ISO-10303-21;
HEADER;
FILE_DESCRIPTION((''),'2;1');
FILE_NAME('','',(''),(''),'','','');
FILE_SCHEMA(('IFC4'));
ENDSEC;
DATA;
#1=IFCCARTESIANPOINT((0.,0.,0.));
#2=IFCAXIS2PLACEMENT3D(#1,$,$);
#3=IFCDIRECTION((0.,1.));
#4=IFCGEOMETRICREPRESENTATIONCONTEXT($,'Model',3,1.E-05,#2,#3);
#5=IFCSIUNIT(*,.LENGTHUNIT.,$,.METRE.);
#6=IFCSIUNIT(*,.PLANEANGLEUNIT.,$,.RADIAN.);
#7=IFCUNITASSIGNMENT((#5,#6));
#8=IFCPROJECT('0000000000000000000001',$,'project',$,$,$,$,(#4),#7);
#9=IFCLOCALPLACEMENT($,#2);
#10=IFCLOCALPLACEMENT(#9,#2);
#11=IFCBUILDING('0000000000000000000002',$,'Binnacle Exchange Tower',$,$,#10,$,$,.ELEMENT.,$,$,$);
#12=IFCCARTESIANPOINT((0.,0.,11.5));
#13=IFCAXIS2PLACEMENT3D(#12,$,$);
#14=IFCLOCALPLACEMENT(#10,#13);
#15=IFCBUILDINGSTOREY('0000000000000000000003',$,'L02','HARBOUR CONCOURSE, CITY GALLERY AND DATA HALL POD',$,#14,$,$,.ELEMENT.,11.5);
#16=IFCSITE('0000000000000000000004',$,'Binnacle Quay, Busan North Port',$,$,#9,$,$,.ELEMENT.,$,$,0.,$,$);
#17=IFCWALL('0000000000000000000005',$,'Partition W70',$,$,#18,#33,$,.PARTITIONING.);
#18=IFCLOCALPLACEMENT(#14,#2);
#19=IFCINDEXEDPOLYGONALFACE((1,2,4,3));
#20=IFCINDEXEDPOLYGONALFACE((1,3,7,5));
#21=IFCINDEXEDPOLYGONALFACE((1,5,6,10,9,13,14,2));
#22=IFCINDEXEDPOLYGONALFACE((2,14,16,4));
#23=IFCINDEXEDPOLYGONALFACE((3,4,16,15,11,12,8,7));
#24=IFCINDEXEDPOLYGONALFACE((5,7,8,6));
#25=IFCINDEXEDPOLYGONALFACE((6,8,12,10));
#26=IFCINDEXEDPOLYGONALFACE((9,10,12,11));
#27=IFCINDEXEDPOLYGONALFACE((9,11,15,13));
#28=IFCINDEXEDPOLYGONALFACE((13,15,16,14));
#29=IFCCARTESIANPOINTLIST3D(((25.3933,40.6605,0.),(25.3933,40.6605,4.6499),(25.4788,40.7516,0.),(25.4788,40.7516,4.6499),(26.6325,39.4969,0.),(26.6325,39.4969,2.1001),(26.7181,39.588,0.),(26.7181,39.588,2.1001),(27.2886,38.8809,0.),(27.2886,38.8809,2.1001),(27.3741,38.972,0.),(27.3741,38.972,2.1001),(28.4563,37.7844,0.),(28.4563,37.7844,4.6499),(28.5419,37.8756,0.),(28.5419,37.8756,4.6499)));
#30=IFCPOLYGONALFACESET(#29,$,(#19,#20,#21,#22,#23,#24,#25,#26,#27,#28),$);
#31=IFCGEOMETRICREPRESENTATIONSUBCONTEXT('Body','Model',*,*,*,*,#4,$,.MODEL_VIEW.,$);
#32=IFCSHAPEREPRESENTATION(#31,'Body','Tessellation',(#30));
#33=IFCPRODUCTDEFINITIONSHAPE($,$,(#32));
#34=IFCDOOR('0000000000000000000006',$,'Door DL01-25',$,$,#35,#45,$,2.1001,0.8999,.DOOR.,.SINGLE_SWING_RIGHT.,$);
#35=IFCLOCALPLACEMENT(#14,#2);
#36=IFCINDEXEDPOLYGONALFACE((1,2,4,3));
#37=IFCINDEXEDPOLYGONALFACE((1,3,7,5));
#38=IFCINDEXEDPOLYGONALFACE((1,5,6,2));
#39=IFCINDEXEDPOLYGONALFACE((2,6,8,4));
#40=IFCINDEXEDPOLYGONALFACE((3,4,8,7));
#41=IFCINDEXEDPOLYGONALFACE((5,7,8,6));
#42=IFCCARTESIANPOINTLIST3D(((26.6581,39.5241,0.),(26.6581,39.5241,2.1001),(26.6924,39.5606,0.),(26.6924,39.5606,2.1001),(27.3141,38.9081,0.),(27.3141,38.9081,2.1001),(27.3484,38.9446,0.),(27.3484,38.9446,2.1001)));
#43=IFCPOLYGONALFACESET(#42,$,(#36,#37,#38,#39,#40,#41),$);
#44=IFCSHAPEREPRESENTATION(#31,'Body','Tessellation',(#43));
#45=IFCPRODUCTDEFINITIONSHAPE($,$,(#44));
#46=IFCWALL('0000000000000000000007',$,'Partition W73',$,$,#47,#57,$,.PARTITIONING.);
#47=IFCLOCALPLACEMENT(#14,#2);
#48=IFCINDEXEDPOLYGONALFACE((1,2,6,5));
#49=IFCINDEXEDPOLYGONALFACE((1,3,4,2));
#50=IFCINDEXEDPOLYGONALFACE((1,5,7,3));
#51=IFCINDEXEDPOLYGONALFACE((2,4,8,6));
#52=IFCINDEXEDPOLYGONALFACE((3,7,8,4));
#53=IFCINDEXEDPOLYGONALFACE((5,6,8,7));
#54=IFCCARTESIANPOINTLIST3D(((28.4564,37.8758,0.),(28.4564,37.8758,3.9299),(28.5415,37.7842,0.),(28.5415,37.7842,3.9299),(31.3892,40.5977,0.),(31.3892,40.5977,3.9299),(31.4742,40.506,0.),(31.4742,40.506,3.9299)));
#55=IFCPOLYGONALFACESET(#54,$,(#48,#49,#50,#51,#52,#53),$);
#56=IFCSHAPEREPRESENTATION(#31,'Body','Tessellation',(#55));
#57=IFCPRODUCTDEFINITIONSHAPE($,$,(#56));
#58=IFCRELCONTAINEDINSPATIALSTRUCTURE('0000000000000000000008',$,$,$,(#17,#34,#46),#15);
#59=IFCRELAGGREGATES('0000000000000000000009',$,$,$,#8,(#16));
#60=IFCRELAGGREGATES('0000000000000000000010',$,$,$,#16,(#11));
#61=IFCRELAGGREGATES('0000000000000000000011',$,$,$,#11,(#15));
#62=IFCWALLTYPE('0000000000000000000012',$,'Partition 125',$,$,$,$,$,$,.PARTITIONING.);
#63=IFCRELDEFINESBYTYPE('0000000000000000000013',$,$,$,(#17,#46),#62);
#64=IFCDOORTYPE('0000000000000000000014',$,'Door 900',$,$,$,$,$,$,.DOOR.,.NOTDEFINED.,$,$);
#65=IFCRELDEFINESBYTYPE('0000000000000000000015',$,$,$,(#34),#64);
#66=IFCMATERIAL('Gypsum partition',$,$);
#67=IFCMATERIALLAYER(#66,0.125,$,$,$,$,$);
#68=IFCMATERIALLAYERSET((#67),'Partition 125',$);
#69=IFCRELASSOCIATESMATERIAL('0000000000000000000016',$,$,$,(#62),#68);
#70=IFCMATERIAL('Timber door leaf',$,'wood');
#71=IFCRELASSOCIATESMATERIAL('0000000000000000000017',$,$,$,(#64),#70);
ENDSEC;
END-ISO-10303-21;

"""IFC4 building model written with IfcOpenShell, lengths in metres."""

from ifc_helpers import new_model, si_unit, direction, frame, frame_2d, origin, place, context, subcontext, project, spatial, rectangle, extrude, material, layer, layer_set, type_object, element, fill, save


model = new_model("IFC4")

# Units and contexts
model_context = context("Model", 3, precision=1e-05, world=origin(), true_north=direction((0.0, 1.0)))
body_context = subcontext(model_context, "Body", "Model", "MODEL_VIEW")
ifc_project = project(units=[si_unit("LENGTHUNIT", "METRE"), si_unit("PLANEANGLEUNIT", "RADIAN")], contexts=[model_context])

# Site, building, storey
site_placement = place(None, origin())
site = spatial("IfcSite", under=ifc_project, at=site_placement, Name="Binnacle Quay, Busan North Port", CompositionType="ELEMENT", RefElevation=0.0)
building_placement = place(site_placement, origin())
building = spatial("IfcBuilding", under=site, at=building_placement, Name="Binnacle Exchange Tower", CompositionType="ELEMENT")
storey_placement = place(building_placement, frame((0.0, 0.0, 11.5)))
storey = spatial("IfcBuildingStorey", under=building, at=storey_placement, Name="L02", Description="HARBOUR CONCOURSE, CITY GALLERY AND DATA HALL POD", CompositionType="ELEMENT", Elevation=11.5)

# Shared definitions
ifc_material_1 = material(Name="Gypsum partition")
ifc_layer_1 = layer(ifc_material_1, 0.125)
ifc_layer_set_1 = layer_set([ifc_layer_1], Name="Partition 125")
wall_type_1 = type_object("IfcWallType", Name="Partition 125", PredefinedType="PARTITIONING", material=ifc_layer_set_1)

# Wall, opening, door
wall_1_placement = place(storey_placement, frame((25.436, 40.7061, 0.0), z_axis=(0.0, 0.0, 1.0), x_axis=(0.729011, -0.684501, 0.0)))
wall_1 = element("IfcWall", 1, at=wall_1_placement, inside=storey, type_object=wall_type_1, Name="Partition W70", PredefinedType="PARTITIONING", context=body_context, shape_type="SweptSolid", body=[
    extrude(rectangle(XDim=4.2017, YDim=0.125, at=frame_2d((2.1008, 0.0))), origin(), (0.0, 0.0, 1.0), 4.6499),
])
opening_1_placement = place(wall_1_placement, frame((1.7, 0.0, 0.0)))
opening_1 = element("IfcOpeningElement", 2, at=opening_1_placement, cuts=wall_1, PredefinedType="OPENING", context=body_context, shape_type="SweptSolid", body=[
    extrude(rectangle(XDim=0.8999, YDim=2.1001, at=frame_2d((0.45, 1.05))), frame((0.0, 0.0725, 0.0), z_axis=(0.0, -1.0, 0.0), x_axis=(1.0, 0.0, 0.0)), (0.0, 0.0, 1.0), 0.145),
])
ifc_material_2 = material(Name="Timber door leaf", Category="wood")
door_type_1 = type_object("IfcDoorType", Name="Door 900", OperationType="NOTDEFINED", PredefinedType="DOOR", material=ifc_material_2)
door_1_placement = place(opening_1_placement, origin())
door_1 = element("IfcDoor", 3, at=door_1_placement, inside=storey, type_object=door_type_1, Name="Door DL01-25", OperationType="SINGLE_SWING_RIGHT", OverallHeight=2.1001, OverallWidth=0.8999, PredefinedType="DOOR", context=body_context, shape_type="SweptSolid", body=[
    extrude(rectangle(XDim=0.8999, YDim=2.1001, at=frame_2d((0.45, 1.05))), frame((0.0, 0.0249, 0.0), z_axis=(0.0, -1.0, 0.0), x_axis=(1.0, 0.0, 0.0)), (0.0, 0.0, 1.0), 0.05),
])
fill(opening_1, door_1)

# Wall
wall_2_placement = place(storey_placement, frame((28.499, 37.8301, 0.0), z_axis=(0.0, 0.0, 1.0), x_axis=(0.732974, 0.680257, 0.0)))
element("IfcWall", 4, at=wall_2_placement, inside=storey, type_object=wall_type_1, Name="Partition W73", PredefinedType="PARTITIONING", context=body_context, shape_type="SweptSolid", body=[
    extrude(rectangle(XDim=4.0012, YDim=0.125, at=frame_2d((2.0005, 0.0))), origin(), (0.0, 0.0, 1.0), 3.9299),
])

save(model, "model.ifc")
